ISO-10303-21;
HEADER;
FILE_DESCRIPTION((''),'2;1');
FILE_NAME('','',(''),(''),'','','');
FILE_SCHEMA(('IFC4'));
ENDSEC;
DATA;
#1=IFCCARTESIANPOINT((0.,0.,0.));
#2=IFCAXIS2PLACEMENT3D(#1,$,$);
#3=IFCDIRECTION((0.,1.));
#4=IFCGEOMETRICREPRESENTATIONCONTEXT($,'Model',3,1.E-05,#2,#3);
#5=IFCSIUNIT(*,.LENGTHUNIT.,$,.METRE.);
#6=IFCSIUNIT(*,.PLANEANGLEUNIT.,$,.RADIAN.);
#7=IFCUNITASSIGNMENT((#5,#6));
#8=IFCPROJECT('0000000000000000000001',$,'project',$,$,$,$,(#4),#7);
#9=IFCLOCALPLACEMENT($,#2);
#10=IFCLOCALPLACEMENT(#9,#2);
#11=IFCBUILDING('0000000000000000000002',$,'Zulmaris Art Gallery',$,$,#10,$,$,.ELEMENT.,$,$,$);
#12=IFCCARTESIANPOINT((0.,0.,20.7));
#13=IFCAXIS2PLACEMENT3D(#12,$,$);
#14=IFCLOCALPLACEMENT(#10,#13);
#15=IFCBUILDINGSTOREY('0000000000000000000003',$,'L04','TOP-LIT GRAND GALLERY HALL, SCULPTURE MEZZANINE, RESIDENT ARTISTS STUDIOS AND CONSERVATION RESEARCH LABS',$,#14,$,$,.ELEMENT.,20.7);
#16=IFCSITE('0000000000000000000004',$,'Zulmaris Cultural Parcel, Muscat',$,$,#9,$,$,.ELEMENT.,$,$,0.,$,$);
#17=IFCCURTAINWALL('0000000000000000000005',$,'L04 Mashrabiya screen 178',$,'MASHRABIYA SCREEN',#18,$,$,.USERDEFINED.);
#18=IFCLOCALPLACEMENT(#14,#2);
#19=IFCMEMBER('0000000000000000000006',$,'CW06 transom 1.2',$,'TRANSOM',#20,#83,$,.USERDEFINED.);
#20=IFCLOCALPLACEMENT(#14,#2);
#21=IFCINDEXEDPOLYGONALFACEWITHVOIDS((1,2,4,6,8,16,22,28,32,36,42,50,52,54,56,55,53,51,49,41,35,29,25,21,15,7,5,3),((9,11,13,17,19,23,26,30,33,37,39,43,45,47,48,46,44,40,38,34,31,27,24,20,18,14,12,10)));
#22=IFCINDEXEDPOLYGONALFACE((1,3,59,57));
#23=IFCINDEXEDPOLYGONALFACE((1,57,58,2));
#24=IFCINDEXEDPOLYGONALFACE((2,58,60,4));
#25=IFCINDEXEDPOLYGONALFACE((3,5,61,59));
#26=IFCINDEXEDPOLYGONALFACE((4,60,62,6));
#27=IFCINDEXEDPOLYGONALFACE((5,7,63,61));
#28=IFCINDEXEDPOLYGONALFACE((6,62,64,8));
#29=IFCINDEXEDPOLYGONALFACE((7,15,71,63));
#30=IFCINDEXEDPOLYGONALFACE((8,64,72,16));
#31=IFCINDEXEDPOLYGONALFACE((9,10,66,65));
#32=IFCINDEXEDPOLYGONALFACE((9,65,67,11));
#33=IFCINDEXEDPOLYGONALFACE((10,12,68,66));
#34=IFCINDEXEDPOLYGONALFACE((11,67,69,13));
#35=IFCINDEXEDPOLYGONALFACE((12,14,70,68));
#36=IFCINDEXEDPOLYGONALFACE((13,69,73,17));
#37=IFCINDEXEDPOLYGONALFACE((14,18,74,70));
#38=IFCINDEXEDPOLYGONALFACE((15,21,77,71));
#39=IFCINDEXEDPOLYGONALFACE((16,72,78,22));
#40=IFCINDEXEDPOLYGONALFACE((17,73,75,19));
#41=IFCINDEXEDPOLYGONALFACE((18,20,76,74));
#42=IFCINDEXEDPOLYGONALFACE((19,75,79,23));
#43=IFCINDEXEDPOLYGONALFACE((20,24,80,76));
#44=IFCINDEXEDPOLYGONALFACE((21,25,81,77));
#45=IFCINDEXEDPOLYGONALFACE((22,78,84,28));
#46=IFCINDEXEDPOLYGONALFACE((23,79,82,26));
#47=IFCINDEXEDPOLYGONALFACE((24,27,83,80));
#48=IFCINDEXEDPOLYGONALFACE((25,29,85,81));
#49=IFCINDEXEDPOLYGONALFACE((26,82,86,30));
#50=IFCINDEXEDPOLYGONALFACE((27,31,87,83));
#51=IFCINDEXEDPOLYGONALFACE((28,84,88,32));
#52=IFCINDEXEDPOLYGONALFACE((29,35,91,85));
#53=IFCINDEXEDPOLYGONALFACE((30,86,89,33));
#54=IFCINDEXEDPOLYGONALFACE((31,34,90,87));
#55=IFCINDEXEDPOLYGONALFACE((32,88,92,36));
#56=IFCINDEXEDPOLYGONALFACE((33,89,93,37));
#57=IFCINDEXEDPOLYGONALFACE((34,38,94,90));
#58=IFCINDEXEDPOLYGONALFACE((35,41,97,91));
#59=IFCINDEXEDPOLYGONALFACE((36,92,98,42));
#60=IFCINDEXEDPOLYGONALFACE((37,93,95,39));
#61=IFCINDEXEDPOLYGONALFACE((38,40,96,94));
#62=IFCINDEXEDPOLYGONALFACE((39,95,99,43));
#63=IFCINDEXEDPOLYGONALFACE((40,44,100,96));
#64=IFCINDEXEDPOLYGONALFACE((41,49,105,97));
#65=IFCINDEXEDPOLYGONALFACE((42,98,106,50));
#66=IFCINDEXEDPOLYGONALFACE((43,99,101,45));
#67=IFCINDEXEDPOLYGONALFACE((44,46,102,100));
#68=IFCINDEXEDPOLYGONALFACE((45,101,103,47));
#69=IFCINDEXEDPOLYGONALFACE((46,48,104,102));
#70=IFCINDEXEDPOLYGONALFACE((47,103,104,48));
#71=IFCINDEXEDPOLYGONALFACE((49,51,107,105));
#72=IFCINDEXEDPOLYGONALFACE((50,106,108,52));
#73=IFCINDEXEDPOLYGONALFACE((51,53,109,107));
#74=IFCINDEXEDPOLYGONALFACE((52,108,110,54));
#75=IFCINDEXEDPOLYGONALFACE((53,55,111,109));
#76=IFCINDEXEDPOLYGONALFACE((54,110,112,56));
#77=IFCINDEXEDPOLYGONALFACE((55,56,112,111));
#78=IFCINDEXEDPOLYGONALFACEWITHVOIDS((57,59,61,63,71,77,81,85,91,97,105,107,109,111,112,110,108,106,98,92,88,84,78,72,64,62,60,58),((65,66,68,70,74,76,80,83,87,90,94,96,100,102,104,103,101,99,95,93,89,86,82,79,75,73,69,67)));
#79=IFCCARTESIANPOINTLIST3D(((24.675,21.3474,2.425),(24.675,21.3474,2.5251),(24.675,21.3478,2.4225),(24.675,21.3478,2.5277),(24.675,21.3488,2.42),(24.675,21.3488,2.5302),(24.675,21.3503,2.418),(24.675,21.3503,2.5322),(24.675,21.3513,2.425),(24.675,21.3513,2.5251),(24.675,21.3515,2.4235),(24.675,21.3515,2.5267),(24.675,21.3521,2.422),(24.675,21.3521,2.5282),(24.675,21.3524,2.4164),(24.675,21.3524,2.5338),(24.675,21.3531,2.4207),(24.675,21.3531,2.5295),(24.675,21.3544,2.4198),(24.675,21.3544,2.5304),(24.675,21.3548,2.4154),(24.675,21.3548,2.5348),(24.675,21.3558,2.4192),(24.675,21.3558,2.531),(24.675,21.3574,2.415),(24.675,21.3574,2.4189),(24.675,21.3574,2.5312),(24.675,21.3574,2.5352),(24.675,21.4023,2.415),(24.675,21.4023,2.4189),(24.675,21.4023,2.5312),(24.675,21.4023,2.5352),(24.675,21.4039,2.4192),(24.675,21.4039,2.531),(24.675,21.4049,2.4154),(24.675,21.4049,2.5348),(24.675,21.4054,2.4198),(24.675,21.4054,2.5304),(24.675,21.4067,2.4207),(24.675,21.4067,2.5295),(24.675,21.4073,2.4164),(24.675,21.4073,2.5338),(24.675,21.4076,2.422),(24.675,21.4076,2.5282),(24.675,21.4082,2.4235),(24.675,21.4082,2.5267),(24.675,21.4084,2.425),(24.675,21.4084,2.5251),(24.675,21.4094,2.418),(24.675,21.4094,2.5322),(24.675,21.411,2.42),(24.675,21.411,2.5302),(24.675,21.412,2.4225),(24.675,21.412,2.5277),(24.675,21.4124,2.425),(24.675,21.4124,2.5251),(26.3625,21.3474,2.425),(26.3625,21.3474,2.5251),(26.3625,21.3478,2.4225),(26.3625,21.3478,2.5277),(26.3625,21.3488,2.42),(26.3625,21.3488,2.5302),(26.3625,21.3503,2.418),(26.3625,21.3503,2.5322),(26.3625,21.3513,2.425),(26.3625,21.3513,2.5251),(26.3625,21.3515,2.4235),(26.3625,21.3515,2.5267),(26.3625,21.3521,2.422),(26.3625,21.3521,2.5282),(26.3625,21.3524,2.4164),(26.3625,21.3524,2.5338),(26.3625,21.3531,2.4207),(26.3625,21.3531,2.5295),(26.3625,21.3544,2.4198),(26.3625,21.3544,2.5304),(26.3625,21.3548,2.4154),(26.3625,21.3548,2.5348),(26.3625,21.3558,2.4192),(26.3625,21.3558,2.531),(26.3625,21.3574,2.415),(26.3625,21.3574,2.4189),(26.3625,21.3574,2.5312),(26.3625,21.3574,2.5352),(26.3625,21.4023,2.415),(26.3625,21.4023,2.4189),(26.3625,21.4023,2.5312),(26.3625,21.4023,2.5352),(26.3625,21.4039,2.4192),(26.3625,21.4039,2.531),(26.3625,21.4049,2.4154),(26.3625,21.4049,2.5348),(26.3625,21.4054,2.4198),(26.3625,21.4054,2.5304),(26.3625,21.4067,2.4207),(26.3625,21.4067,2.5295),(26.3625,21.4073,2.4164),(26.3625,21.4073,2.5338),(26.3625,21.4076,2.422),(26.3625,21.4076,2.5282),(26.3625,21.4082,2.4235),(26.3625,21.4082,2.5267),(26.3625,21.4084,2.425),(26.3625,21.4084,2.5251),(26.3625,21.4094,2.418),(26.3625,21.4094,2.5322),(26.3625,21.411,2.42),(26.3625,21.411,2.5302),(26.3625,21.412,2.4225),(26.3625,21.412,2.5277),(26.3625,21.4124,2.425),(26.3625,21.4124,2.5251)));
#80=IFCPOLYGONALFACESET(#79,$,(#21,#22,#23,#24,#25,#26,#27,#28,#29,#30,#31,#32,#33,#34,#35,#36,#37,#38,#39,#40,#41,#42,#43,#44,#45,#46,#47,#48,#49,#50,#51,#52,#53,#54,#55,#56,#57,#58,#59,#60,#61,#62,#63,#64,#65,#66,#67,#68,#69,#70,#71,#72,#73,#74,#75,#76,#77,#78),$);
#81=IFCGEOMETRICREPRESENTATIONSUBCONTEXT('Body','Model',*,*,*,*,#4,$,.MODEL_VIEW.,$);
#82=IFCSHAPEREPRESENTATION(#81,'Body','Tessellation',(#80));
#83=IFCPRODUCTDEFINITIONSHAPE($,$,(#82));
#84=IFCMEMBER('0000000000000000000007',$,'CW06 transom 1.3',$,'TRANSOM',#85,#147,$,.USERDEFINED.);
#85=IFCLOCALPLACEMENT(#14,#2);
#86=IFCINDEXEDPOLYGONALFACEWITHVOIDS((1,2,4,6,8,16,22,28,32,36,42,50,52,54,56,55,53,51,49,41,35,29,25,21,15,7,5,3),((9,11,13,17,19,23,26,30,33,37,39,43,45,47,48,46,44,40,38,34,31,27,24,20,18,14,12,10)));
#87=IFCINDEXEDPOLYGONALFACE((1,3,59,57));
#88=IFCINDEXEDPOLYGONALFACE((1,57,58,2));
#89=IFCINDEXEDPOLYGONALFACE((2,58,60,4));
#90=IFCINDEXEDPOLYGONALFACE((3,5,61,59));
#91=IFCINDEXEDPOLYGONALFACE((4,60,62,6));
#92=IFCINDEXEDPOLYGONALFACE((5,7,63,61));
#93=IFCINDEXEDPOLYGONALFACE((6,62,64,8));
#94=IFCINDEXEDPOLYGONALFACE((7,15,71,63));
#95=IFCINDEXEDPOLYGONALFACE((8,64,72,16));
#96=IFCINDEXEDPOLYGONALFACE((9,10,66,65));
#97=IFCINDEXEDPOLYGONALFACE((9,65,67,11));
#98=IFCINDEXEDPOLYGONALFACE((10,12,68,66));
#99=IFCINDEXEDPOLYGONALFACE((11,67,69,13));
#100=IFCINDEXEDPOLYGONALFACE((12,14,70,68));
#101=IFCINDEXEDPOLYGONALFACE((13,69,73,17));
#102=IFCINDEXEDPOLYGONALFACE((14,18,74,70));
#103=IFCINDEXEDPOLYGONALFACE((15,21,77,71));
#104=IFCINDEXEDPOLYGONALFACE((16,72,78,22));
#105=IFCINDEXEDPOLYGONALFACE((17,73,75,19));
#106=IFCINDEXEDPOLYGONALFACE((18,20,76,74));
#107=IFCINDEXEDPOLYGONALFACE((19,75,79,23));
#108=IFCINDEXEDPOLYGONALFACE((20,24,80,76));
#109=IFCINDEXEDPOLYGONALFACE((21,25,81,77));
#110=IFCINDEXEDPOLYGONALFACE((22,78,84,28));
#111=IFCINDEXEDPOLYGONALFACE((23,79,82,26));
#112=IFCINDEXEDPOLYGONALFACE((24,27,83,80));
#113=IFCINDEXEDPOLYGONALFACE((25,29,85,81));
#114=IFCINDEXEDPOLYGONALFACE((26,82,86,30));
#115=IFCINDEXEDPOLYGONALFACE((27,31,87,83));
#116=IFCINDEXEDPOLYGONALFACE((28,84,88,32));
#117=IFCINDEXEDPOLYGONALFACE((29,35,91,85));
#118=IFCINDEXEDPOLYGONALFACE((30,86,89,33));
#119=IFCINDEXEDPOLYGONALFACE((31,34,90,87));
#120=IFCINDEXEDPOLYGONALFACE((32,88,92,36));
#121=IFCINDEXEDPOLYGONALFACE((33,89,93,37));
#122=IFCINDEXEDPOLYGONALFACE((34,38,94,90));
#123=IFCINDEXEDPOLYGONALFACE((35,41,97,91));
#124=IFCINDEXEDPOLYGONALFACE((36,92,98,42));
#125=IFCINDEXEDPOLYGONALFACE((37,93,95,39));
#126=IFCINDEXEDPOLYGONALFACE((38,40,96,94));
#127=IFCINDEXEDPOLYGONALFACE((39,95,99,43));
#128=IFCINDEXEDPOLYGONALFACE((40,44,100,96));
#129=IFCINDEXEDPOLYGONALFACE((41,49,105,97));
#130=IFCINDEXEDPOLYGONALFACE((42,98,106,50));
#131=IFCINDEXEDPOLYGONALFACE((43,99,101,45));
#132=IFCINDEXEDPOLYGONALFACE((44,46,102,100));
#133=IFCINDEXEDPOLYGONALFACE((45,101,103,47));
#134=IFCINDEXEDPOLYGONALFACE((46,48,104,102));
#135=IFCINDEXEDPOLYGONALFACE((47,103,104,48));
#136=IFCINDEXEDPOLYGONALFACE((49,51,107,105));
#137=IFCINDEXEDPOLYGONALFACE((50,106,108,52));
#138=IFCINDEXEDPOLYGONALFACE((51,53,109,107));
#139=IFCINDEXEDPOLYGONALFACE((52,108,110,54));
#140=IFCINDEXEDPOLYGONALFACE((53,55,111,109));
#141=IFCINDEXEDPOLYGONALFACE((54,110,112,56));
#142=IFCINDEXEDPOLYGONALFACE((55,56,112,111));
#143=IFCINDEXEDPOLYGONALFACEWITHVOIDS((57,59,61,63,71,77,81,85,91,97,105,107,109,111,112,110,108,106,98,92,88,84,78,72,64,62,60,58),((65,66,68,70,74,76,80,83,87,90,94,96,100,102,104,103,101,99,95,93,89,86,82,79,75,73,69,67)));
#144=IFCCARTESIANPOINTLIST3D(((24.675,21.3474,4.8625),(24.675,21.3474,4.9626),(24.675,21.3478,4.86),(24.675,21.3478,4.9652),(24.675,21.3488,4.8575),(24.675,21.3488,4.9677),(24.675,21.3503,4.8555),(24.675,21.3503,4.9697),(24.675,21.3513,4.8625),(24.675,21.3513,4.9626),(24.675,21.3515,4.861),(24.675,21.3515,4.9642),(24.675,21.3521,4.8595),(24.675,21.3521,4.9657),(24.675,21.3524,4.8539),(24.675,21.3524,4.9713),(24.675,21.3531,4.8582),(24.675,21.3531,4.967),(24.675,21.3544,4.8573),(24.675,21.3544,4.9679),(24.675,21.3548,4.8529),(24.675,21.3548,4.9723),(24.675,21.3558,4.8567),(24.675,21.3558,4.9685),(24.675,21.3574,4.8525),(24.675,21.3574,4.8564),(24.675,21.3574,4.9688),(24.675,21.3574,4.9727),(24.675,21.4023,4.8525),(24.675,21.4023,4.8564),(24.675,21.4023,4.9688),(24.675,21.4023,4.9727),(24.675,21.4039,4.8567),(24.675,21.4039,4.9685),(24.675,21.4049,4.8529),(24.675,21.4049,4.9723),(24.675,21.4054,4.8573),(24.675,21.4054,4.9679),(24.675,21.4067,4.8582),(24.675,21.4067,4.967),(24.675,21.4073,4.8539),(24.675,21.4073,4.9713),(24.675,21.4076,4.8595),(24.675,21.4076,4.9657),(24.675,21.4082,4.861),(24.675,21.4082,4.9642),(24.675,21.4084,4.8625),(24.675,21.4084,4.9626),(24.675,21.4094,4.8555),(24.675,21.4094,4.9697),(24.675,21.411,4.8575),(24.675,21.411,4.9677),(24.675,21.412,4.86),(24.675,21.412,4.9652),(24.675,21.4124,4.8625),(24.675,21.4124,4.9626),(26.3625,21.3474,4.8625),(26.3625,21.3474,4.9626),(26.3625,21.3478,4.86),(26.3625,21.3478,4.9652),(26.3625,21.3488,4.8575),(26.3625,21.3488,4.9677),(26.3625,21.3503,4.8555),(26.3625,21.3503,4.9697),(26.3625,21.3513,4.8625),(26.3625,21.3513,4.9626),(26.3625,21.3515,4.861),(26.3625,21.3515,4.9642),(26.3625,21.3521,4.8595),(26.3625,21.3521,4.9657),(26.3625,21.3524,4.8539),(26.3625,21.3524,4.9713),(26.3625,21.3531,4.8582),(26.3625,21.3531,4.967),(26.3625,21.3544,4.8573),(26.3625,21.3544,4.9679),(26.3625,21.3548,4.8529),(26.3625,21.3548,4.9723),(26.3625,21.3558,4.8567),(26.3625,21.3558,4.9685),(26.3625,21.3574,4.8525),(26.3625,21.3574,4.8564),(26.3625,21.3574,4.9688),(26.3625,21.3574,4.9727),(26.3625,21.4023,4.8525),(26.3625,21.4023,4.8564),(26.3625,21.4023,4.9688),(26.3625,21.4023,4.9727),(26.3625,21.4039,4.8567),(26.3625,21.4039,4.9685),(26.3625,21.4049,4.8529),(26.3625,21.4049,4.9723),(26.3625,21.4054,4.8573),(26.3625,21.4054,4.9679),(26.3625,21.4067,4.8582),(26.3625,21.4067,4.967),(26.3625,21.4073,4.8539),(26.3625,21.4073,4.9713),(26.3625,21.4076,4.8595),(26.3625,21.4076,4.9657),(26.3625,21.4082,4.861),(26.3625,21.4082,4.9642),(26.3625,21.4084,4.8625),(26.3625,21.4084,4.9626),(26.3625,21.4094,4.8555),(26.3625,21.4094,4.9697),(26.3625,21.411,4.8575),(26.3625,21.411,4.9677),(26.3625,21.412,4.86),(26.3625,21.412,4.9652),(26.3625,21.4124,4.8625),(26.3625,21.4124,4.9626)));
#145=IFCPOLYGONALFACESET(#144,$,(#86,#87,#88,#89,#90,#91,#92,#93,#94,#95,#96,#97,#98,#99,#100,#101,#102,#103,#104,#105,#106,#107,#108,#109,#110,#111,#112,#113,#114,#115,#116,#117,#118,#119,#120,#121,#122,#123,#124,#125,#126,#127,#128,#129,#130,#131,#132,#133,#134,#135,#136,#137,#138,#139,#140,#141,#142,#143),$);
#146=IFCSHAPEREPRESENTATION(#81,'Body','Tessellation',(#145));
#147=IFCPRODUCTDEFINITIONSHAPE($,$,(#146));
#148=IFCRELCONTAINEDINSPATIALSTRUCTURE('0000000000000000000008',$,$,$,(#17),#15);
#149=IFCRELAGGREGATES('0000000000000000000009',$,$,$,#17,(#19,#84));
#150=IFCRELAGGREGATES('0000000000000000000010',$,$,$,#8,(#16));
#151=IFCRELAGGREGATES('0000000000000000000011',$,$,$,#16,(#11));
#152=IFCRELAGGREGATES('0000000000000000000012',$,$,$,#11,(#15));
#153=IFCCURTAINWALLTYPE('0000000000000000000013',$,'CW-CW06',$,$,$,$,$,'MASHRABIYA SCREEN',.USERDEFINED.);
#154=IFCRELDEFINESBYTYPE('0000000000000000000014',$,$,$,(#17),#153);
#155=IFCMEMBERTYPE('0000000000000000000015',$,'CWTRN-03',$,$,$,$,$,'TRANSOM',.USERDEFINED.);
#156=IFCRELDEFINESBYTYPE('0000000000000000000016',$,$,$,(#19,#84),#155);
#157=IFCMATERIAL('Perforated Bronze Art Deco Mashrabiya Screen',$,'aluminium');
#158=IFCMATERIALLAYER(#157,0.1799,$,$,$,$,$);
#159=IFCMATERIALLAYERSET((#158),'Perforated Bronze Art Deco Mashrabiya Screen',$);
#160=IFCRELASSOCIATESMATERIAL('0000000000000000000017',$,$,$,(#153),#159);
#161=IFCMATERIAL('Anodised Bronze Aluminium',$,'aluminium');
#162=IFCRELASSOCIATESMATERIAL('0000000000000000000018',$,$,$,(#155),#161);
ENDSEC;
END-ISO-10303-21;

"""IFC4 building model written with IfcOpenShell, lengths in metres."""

from ifc_helpers import new_model, si_unit, direction, frame, origin, origin_2d, place, context, subcontext, project, spatial, hollow_rectangle, extrude, material, layer, layer_set, material_profile, profile_set, type_object, element, aggregate, save


model = new_model("IFC4")

# Units and contexts
model_context = context("Model", 3, precision=1e-05, world=origin(), true_north=direction((0.0, 1.0)))
body_context = subcontext(model_context, "Body", "Model", "MODEL_VIEW")
ifc_project = project(units=[si_unit("LENGTHUNIT", "METRE"), si_unit("PLANEANGLEUNIT", "RADIAN")], contexts=[model_context])

# Site, building, storey
site_placement = place(None, origin())
site = spatial("IfcSite", under=ifc_project, at=site_placement, Name="Zulmaris Cultural Parcel, Muscat", CompositionType="ELEMENT", RefElevation=0.0)
building_placement = place(site_placement, origin())
building = spatial("IfcBuilding", under=site, at=building_placement, Name="Zulmaris Art Gallery", CompositionType="ELEMENT")
storey_placement = place(building_placement, frame((0.0, 0.0, 20.7)))
storey = spatial("IfcBuildingStorey", under=building, at=storey_placement, Name="L04", Description="TOP-LIT GRAND GALLERY HALL, SCULPTURE MEZZANINE, RESIDENT ARTISTS STUDIOS AND CONSERVATION RESEARCH LABS", CompositionType="ELEMENT", Elevation=20.7)

# Curtain wall
ifc_material_1 = material(Name="Anodised Bronze Aluminium", Category="aluminium")
ifc_material_2 = material(Name="Perforated Bronze Art Deco Mashrabiya Screen", Category="aluminium")
ifc_layer_1 = layer(ifc_material_2, 0.1799)
ifc_layer_set_1 = layer_set([ifc_layer_1], Name="Perforated Bronze Art Deco Mashrabiya Screen")
curtain_wall_type_1 = type_object("IfcCurtainWallType", Name="CW-CW06", ElementType="MASHRABIYA SCREEN", PredefinedType="USERDEFINED", material=ifc_layer_set_1)
curtain_wall_1_placement = place(storey_placement, origin())
curtain_wall_1 = element("IfcCurtainWall", 1, at=curtain_wall_1_placement, inside=storey, type_object=curtain_wall_type_1, Name="L04 Mashrabiya screen 178", ObjectType="MASHRABIYA SCREEN", PredefinedType="USERDEFINED")

# Members
ifc_material_profile_1 = material_profile(ifc_material_1, hollow_rectangle(XDim=0.0649, YDim=0.1201, WallThickness=0.0039, InnerFilletRadius=0.0061, OuterFilletRadius=0.01, at=origin_2d()), Name="ALU 65x120x4")
ifc_profile_set_1 = profile_set([ifc_material_profile_1], Name="Anodised Bronze Aluminium")
member_type_1 = type_object("IfcMemberType", Name="CWTRN-03", ElementType="TRANSOM", PredefinedType="USERDEFINED", material=ifc_profile_set_1)
member_1_placement = place(storey_placement, frame((24.675, 21.3799, 2.4751), z_axis=(1.0, 0.0, 0.0), x_axis=(0.0, 1.0, 0.0)))
member_1 = element("IfcMember", 2, at=member_1_placement, type_object=member_type_1, Name="CW06 transom 1.2", ObjectType="TRANSOM", PredefinedType="USERDEFINED", context=body_context, shape_type="SweptSolid", body=[
    extrude(hollow_rectangle(XDim=0.0649, YDim=0.1201, WallThickness=0.0039, InnerFilletRadius=0.0061, OuterFilletRadius=0.01, at=origin_2d()), origin(), (0.0, 0.0, 1.0), 1.6875),
])
member_2_placement = place(storey_placement, frame((24.675, 21.3799, 4.9126), z_axis=(1.0, 0.0, 0.0), x_axis=(0.0, 1.0, 0.0)))
member_2 = element("IfcMember", 3, at=member_2_placement, type_object=member_type_1, Name="CW06 transom 1.3", ObjectType="TRANSOM", PredefinedType="USERDEFINED", context=body_context, shape_type="SweptSolid", body=[
    extrude(hollow_rectangle(XDim=0.0649, YDim=0.1201, WallThickness=0.0039, InnerFilletRadius=0.0061, OuterFilletRadius=0.01, at=origin_2d()), origin(), (0.0, 0.0, 1.0), 1.6875),
])

aggregate(curtain_wall_1, [member_1, member_2])

save(model, "model.ifc")
